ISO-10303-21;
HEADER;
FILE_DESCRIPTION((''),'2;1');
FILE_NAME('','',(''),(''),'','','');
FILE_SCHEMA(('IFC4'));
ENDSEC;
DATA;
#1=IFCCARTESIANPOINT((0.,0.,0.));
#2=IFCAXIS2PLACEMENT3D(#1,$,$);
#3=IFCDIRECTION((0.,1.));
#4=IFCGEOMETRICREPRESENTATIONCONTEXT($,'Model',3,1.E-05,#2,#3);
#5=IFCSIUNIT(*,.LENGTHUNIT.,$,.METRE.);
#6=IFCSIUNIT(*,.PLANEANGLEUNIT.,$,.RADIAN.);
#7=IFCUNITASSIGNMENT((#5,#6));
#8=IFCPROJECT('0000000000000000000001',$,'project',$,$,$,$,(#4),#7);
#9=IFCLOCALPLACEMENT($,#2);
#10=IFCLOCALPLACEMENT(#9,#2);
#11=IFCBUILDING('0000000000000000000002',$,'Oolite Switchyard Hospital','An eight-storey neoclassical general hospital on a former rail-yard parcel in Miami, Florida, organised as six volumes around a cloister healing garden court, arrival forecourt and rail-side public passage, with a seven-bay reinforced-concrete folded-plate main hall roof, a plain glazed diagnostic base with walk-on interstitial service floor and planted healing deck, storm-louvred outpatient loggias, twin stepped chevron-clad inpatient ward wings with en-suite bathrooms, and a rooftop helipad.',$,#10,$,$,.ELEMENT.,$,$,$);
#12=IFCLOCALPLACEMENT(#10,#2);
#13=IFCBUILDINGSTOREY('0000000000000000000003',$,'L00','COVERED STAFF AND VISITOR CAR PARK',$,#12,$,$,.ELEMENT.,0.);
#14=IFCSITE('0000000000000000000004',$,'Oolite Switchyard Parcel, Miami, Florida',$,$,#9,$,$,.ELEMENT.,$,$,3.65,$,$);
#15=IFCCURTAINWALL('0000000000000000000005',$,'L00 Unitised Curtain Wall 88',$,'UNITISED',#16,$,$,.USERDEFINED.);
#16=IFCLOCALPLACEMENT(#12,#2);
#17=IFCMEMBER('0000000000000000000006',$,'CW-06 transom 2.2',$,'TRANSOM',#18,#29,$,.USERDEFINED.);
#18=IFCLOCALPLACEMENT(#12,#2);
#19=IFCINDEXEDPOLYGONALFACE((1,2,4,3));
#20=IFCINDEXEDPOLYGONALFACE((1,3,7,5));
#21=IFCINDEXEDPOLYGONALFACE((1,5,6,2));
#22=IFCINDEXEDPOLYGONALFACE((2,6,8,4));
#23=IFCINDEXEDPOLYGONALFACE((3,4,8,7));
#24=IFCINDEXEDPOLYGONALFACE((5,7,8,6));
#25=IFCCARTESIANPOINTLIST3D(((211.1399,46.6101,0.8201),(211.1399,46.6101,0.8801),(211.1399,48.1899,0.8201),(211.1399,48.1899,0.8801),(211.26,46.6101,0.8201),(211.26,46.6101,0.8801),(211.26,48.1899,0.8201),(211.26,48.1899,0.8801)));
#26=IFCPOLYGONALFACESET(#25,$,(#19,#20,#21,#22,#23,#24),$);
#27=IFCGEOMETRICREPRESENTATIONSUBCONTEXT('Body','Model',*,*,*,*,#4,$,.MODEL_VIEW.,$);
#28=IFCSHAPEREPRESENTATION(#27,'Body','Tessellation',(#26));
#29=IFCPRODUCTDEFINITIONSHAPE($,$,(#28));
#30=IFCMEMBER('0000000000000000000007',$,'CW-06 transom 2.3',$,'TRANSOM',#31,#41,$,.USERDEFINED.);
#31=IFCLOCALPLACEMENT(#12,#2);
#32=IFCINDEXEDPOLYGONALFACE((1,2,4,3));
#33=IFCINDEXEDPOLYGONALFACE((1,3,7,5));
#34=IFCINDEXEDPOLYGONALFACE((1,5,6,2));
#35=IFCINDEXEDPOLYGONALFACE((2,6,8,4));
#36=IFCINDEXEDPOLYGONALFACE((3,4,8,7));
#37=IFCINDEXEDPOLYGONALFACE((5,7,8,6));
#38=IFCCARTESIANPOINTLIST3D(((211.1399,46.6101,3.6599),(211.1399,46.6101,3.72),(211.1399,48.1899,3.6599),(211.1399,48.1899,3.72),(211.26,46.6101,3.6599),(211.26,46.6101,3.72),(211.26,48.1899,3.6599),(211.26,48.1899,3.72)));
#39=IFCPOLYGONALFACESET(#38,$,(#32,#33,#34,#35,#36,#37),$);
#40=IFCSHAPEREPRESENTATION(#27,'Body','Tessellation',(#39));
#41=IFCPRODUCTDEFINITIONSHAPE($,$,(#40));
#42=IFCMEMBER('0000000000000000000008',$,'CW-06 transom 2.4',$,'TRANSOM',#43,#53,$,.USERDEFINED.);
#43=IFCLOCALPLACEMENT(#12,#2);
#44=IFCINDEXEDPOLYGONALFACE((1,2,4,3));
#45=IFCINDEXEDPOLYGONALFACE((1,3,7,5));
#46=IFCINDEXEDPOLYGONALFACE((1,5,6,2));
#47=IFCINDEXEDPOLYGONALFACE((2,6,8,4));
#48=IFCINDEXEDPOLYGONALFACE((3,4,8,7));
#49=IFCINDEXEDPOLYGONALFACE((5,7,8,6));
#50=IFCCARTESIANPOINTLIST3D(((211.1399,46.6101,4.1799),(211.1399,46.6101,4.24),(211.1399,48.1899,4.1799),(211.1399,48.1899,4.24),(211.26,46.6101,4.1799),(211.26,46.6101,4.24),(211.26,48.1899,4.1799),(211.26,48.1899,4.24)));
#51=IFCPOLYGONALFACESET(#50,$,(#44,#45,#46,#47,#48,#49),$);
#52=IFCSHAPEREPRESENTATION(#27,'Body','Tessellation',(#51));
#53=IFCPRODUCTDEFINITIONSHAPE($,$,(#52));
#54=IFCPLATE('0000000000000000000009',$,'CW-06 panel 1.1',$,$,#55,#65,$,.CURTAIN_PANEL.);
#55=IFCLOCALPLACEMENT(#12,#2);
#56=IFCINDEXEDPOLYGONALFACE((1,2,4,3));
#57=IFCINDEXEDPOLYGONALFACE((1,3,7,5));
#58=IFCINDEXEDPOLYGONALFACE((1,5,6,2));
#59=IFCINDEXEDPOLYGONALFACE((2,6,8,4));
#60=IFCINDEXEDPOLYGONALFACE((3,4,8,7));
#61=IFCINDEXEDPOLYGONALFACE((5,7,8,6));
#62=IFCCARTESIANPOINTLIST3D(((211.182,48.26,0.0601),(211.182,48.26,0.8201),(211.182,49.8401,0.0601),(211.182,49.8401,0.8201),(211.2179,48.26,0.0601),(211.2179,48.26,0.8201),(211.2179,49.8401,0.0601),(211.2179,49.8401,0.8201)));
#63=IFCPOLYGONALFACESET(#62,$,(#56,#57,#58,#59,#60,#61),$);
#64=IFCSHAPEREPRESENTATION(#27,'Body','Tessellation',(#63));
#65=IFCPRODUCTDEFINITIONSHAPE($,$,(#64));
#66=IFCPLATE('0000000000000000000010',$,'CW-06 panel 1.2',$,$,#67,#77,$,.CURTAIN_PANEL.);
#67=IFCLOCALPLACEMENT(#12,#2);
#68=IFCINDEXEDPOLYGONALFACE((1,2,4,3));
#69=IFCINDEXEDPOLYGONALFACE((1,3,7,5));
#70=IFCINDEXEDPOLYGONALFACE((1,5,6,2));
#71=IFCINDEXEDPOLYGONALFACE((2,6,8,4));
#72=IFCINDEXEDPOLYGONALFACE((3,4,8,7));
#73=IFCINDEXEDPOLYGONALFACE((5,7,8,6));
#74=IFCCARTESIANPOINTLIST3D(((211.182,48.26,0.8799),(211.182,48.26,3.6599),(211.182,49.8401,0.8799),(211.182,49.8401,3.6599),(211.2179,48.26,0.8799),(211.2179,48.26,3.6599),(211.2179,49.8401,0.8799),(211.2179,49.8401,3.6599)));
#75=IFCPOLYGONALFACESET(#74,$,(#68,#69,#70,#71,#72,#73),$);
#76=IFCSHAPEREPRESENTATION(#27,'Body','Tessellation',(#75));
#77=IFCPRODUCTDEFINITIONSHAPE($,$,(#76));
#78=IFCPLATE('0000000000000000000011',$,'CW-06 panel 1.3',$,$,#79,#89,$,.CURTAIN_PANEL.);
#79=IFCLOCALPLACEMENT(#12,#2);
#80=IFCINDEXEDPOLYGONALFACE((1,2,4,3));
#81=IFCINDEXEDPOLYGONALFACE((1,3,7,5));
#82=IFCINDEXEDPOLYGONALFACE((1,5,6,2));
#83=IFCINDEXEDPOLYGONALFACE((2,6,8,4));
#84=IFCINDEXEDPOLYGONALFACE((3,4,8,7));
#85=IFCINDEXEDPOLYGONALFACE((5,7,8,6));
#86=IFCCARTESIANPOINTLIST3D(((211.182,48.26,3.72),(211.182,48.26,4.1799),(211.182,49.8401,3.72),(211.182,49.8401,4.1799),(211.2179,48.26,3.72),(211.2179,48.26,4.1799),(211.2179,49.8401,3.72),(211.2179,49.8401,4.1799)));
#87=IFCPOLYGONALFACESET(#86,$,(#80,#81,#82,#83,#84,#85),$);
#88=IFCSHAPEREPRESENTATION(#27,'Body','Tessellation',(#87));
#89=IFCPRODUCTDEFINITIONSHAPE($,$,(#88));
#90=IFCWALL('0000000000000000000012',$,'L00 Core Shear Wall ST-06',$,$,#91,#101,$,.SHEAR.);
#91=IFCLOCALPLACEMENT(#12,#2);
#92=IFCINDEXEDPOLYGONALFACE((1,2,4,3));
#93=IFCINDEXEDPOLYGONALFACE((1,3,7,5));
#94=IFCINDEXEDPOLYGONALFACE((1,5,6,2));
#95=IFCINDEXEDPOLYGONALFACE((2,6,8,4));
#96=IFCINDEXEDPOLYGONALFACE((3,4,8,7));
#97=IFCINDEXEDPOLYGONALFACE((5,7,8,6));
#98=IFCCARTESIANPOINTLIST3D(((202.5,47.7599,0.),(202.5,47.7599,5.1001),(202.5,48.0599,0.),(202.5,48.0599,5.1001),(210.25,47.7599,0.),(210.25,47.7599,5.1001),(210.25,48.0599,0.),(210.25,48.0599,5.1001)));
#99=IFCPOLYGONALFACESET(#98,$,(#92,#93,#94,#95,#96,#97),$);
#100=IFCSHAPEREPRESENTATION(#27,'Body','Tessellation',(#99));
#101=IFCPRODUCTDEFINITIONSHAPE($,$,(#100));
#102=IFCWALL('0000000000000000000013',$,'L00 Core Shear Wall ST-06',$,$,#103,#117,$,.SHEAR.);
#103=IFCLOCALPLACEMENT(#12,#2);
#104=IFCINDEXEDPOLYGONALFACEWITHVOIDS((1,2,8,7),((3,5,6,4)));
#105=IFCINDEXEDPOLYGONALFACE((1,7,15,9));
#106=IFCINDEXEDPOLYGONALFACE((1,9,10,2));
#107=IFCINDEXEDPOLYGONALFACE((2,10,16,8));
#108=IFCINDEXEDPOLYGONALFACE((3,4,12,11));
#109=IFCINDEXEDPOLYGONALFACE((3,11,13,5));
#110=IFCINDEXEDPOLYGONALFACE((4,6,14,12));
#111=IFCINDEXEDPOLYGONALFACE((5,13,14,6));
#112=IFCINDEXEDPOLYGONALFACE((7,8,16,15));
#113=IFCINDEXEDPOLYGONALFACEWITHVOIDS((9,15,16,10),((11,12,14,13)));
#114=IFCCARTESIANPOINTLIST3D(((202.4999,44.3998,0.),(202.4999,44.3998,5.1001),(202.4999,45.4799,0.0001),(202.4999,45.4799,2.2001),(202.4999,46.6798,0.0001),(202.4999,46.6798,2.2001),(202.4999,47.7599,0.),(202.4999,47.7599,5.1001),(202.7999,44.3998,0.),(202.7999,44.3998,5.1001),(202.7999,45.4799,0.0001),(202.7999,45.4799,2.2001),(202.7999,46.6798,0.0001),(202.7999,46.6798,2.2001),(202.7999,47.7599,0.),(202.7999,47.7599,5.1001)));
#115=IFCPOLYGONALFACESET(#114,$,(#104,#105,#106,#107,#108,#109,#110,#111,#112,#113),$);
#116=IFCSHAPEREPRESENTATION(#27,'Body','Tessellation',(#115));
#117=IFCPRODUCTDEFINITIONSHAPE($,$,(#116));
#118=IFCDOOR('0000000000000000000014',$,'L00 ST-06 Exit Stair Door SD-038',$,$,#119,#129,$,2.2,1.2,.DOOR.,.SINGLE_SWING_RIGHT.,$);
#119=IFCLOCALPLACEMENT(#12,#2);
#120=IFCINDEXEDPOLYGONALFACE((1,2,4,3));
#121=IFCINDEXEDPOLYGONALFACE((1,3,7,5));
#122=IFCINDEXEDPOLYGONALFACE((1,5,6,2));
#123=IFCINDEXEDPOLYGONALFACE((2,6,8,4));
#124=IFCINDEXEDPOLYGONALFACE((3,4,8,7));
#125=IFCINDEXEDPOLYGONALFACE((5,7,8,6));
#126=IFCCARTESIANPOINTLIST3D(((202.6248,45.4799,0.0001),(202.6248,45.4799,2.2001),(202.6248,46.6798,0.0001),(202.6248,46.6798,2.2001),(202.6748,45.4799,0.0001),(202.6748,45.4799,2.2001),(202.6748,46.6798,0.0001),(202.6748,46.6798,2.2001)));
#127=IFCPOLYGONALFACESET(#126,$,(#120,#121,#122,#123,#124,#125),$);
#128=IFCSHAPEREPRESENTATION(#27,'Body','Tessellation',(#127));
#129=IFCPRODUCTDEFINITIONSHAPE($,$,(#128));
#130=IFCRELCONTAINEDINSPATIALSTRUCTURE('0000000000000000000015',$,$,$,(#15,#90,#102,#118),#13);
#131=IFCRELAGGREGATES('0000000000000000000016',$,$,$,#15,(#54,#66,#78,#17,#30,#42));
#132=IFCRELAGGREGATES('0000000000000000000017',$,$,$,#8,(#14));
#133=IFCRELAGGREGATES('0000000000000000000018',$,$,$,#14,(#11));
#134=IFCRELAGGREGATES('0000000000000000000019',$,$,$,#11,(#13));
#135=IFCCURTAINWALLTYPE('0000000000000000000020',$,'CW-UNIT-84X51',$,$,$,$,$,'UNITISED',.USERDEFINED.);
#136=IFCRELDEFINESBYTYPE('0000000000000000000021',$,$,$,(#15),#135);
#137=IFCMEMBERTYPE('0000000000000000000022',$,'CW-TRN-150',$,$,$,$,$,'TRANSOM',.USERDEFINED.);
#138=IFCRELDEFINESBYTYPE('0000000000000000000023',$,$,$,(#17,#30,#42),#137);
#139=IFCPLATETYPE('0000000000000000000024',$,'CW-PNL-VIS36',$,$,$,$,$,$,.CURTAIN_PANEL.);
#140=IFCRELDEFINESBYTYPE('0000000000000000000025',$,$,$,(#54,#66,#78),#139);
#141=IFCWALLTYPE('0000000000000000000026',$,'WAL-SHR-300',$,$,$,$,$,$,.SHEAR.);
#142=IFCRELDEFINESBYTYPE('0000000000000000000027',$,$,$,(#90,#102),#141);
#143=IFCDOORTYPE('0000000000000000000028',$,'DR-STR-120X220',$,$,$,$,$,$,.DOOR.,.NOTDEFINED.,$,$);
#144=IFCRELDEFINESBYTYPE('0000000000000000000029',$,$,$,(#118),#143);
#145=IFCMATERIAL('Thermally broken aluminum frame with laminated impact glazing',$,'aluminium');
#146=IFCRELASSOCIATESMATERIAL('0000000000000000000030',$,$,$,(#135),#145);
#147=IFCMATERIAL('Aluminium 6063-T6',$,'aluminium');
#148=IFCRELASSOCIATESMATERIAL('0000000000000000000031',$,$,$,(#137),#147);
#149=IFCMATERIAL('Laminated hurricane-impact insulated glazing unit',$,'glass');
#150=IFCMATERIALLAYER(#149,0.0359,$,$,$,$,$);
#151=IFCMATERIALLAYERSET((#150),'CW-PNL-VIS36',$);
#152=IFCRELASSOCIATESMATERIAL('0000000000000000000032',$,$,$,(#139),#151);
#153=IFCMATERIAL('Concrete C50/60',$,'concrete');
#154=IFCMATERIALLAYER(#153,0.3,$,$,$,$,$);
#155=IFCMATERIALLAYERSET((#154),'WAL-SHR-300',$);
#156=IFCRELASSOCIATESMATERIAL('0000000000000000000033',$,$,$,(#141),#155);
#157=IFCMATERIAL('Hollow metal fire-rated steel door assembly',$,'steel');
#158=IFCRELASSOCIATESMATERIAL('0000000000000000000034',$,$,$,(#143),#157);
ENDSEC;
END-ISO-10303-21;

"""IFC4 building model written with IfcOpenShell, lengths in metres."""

from ifc_helpers import new_model, si_unit, direction, frame, frame_2d, origin, origin_2d, place, context, subcontext, project, spatial, rectangle, extrude, material, layer, layer_set, material_profile, profile_set, type_object, element, fill, aggregate, save


model = new_model("IFC4")

# Units and contexts
model_context = context("Model", 3, precision=1e-05, world=origin(), true_north=direction((0.0, 1.0)))
body_context = subcontext(model_context, "Body", "Model", "MODEL_VIEW")
ifc_project = project(units=[si_unit("LENGTHUNIT", "METRE"), si_unit("PLANEANGLEUNIT", "RADIAN")], contexts=[model_context])

# Site, building, storey
site_placement = place(None, origin())
site = spatial("IfcSite", under=ifc_project, at=site_placement, Name="Oolite Switchyard Parcel, Miami, Florida", CompositionType="ELEMENT", RefElevation=3.65)
building_placement = place(site_placement, origin())
building = spatial("IfcBuilding", under=site, at=building_placement, Name="Oolite Switchyard Hospital", Description="An eight-storey neoclassical general hospital on a former rail-yard parcel in Miami, Florida, organised as six volumes around a cloister healing garden court, arrival forecourt and rail-side public passage, with a seven-bay reinforced-concrete folded-plate main hall roof, a plain glazed diagnostic base with walk-on interstitial service floor and planted healing deck, storm-louvred outpatient loggias, twin stepped chevron-clad inpatient ward wings with en-suite bathrooms, and a rooftop helipad.", CompositionType="ELEMENT")
storey_placement = place(building_placement, origin())
storey = spatial("IfcBuildingStorey", under=building, at=storey_placement, Name="L00", Description="COVERED STAFF AND VISITOR CAR PARK", CompositionType="ELEMENT", Elevation=0.0)

# Shared definitions
ifc_material_1 = material(Name="Concrete C50/60", Category="concrete")

# Curtain wall, members, plates
ifc_material_2 = material(Name="Thermally broken aluminum frame with laminated impact glazing", Category="aluminium")
curtain_wall_type = type_object("IfcCurtainWallType", Name="CW-UNIT-84X51", ElementType="UNITISED", PredefinedType="USERDEFINED", material=ifc_material_2)
curtain_wall_placement = place(storey_placement, origin())
curtain_wall = element("IfcCurtainWall", 1, at=curtain_wall_placement, inside=storey, type_object=curtain_wall_type, Name="L00 Unitised Curtain Wall 88", ObjectType="UNITISED", PredefinedType="USERDEFINED")
ifc_material_3 = material(Name="Aluminium 6063-T6", Category="aluminium")
ifc_material_profile_1 = material_profile(ifc_material_3, rectangle(XDim=0.1201, YDim=0.0601, at=origin_2d()), Name="CWT60X120")
ifc_profile_set_1 = profile_set([ifc_material_profile_1], Name="Aluminium 6063-T6")
member_type_1 = type_object("IfcMemberType", Name="CW-TRN-150", ElementType="TRANSOM", PredefinedType="USERDEFINED", material=ifc_profile_set_1)
member_1_placement = place(storey_placement, frame((211.2, 48.1899, 0.8501), z_axis=(0.0, -1.0, 0.0), x_axis=(1.0, 0.0, 0.0)))
member_1 = element("IfcMember", 2, at=member_1_placement, type_object=member_type_1, Name="CW-06 transom 2.2", ObjectType="TRANSOM", PredefinedType="USERDEFINED", context=body_context, shape_type="SweptSolid", body=[
    extrude(rectangle(XDim=0.1201, YDim=0.0601, at=origin_2d()), origin(), (0.0, 0.0, 1.0), 1.5798),
])
member_2_placement = place(storey_placement, frame((211.2, 48.1899, 3.6899), z_axis=(0.0, -1.0, 0.0), x_axis=(1.0, 0.0, 0.0)))
member_2 = element("IfcMember", 3, at=member_2_placement, type_object=member_type_1, Name="CW-06 transom 2.3", ObjectType="TRANSOM", PredefinedType="USERDEFINED", context=body_context, shape_type="SweptSolid", body=[
    extrude(rectangle(XDim=0.1201, YDim=0.0601, at=origin_2d()), origin(), (0.0, 0.0, 1.0), 1.5798),
])
member_3_placement = place(storey_placement, frame((211.2, 48.1899, 4.21), z_axis=(0.0, -1.0, 0.0), x_axis=(1.0, 0.0, 0.0)))
member_3 = element("IfcMember", 4, at=member_3_placement, type_object=member_type_1, Name="CW-06 transom 2.4", ObjectType="TRANSOM", PredefinedType="USERDEFINED", context=body_context, shape_type="SweptSolid", body=[
    extrude(rectangle(XDim=0.1201, YDim=0.0601, at=origin_2d()), origin(), (0.0, 0.0, 1.0), 1.5798),
])
ifc_material_4 = material(Name="Laminated hurricane-impact insulated glazing unit", Category="glass")
ifc_layer_1 = layer(ifc_material_4, 0.0359)
ifc_layer_set_1 = layer_set([ifc_layer_1], Name="CW-PNL-VIS36")
plate_type = type_object("IfcPlateType", Name="CW-PNL-VIS36", PredefinedType="CURTAIN_PANEL", material=ifc_layer_set_1)
plate_1_placement = place(storey_placement, frame((211.2, 49.05, 0.0601), z_axis=(0.0, 0.0, 1.0), x_axis=(0.0, -1.0, 0.0)))
plate_1 = element("IfcPlate", 5, at=plate_1_placement, type_object=plate_type, Name="CW-06 panel 1.1", PredefinedType="CURTAIN_PANEL", context=body_context, shape_type="SweptSolid", body=[
    extrude(rectangle(XDim=1.5801, YDim=0.0359, at=origin_2d()), origin(), (0.0, 0.0, 1.0), 0.76),
])
plate_2_placement = place(storey_placement, frame((211.2, 49.05, 0.8799), z_axis=(0.0, 0.0, 1.0), x_axis=(0.0, -1.0, 0.0)))
plate_2 = element("IfcPlate", 6, at=plate_2_placement, type_object=plate_type, Name="CW-06 panel 1.2", PredefinedType="CURTAIN_PANEL", context=body_context, shape_type="SweptSolid", body=[
    extrude(rectangle(XDim=1.5801, YDim=0.0359, at=origin_2d()), origin(), (0.0, 0.0, 1.0), 2.78),
])
plate_3_placement = place(storey_placement, frame((211.2, 49.05, 3.72), z_axis=(0.0, 0.0, 1.0), x_axis=(0.0, -1.0, 0.0)))
plate_3 = element("IfcPlate", 7, at=plate_3_placement, type_object=plate_type, Name="CW-06 panel 1.3", PredefinedType="CURTAIN_PANEL", context=body_context, shape_type="SweptSolid", body=[
    extrude(rectangle(XDim=1.5801, YDim=0.0359, at=origin_2d()), origin(), (0.0, 0.0, 1.0), 0.46),
])
aggregate(curtain_wall, [plate_1, plate_2, plate_3, member_1, member_2, member_3])

# Wall
ifc_layer_2 = layer(ifc_material_1, 0.3)
ifc_layer_set_2 = layer_set([ifc_layer_2], Name="WAL-SHR-300")
wall_type = type_object("IfcWallType", Name="WAL-SHR-300", PredefinedType="SHEAR", material=ifc_layer_set_2)
wall_1_placement = place(storey_placement, frame((210.25, 47.9099, 0.0), z_axis=(0.0, 0.0, 1.0), x_axis=(-1.0, 0.0, 0.0)))
element("IfcWall", 8, at=wall_1_placement, inside=storey, type_object=wall_type, Name="L00 Core Shear Wall ST-06", PredefinedType="SHEAR", context=body_context, shape_type="SweptSolid", body=[
    extrude(rectangle(XDim=7.75, YDim=0.3, at=frame_2d((3.875, 0.0))), origin(), (0.0, 0.0, 1.0), 5.1001),
])

# Wall, opening, door
wall_2_placement = place(storey_placement, frame((202.6499, 47.76, 0.0), z_axis=(0.0, 0.0, 1.0), x_axis=(0.0, -1.0, 0.0)))
wall_2 = element("IfcWall", 9, at=wall_2_placement, inside=storey, type_object=wall_type, Name="L00 Core Shear Wall ST-06", PredefinedType="SHEAR", context=body_context, shape_type="SweptSolid", body=[
    extrude(rectangle(XDim=3.3601, YDim=0.3, at=frame_2d((1.6802, 0.0))), origin(), (0.0, 0.0, 1.0), 5.1001),
])
opening_placement = place(wall_2_placement, frame((1.0801, 0.0, 0.0)))
opening = element("IfcOpeningElement", 10, at=opening_placement, cuts=wall_2, PredefinedType="OPENING", context=body_context, shape_type="SweptSolid", body=[
    extrude(rectangle(XDim=1.2, YDim=2.2, at=frame_2d((0.6001, 1.1001))), frame((0.0, 0.1602, 0.0), z_axis=(0.0, -1.0, 0.0), x_axis=(1.0, 0.0, 0.0)), (0.0, 0.0, 1.0), 0.3201),
])
ifc_material_5 = material(Name="Hollow metal fire-rated steel door assembly", Category="steel")
door_type = type_object("IfcDoorType", Name="DR-STR-120X220", OperationType="NOTDEFINED", PredefinedType="DOOR", material=ifc_material_5)
door_placement = place(opening_placement, origin())
door = element("IfcDoor", 11, at=door_placement, inside=storey, type_object=door_type, Name="L00 ST-06 Exit Stair Door SD-038", OperationType="SINGLE_SWING_RIGHT", OverallHeight=2.2, OverallWidth=1.2, PredefinedType="DOOR", context=body_context, shape_type="SweptSolid", body=[
    extrude(rectangle(XDim=1.2, YDim=2.2, at=frame_2d((0.6001, 1.1001))), frame((0.0, 0.0249, 0.0), z_axis=(0.0, -1.0, 0.0), x_axis=(1.0, 0.0, 0.0)), (0.0, 0.0, 1.0), 0.05),
])
fill(opening, door)

save(model, "model.ifc")
